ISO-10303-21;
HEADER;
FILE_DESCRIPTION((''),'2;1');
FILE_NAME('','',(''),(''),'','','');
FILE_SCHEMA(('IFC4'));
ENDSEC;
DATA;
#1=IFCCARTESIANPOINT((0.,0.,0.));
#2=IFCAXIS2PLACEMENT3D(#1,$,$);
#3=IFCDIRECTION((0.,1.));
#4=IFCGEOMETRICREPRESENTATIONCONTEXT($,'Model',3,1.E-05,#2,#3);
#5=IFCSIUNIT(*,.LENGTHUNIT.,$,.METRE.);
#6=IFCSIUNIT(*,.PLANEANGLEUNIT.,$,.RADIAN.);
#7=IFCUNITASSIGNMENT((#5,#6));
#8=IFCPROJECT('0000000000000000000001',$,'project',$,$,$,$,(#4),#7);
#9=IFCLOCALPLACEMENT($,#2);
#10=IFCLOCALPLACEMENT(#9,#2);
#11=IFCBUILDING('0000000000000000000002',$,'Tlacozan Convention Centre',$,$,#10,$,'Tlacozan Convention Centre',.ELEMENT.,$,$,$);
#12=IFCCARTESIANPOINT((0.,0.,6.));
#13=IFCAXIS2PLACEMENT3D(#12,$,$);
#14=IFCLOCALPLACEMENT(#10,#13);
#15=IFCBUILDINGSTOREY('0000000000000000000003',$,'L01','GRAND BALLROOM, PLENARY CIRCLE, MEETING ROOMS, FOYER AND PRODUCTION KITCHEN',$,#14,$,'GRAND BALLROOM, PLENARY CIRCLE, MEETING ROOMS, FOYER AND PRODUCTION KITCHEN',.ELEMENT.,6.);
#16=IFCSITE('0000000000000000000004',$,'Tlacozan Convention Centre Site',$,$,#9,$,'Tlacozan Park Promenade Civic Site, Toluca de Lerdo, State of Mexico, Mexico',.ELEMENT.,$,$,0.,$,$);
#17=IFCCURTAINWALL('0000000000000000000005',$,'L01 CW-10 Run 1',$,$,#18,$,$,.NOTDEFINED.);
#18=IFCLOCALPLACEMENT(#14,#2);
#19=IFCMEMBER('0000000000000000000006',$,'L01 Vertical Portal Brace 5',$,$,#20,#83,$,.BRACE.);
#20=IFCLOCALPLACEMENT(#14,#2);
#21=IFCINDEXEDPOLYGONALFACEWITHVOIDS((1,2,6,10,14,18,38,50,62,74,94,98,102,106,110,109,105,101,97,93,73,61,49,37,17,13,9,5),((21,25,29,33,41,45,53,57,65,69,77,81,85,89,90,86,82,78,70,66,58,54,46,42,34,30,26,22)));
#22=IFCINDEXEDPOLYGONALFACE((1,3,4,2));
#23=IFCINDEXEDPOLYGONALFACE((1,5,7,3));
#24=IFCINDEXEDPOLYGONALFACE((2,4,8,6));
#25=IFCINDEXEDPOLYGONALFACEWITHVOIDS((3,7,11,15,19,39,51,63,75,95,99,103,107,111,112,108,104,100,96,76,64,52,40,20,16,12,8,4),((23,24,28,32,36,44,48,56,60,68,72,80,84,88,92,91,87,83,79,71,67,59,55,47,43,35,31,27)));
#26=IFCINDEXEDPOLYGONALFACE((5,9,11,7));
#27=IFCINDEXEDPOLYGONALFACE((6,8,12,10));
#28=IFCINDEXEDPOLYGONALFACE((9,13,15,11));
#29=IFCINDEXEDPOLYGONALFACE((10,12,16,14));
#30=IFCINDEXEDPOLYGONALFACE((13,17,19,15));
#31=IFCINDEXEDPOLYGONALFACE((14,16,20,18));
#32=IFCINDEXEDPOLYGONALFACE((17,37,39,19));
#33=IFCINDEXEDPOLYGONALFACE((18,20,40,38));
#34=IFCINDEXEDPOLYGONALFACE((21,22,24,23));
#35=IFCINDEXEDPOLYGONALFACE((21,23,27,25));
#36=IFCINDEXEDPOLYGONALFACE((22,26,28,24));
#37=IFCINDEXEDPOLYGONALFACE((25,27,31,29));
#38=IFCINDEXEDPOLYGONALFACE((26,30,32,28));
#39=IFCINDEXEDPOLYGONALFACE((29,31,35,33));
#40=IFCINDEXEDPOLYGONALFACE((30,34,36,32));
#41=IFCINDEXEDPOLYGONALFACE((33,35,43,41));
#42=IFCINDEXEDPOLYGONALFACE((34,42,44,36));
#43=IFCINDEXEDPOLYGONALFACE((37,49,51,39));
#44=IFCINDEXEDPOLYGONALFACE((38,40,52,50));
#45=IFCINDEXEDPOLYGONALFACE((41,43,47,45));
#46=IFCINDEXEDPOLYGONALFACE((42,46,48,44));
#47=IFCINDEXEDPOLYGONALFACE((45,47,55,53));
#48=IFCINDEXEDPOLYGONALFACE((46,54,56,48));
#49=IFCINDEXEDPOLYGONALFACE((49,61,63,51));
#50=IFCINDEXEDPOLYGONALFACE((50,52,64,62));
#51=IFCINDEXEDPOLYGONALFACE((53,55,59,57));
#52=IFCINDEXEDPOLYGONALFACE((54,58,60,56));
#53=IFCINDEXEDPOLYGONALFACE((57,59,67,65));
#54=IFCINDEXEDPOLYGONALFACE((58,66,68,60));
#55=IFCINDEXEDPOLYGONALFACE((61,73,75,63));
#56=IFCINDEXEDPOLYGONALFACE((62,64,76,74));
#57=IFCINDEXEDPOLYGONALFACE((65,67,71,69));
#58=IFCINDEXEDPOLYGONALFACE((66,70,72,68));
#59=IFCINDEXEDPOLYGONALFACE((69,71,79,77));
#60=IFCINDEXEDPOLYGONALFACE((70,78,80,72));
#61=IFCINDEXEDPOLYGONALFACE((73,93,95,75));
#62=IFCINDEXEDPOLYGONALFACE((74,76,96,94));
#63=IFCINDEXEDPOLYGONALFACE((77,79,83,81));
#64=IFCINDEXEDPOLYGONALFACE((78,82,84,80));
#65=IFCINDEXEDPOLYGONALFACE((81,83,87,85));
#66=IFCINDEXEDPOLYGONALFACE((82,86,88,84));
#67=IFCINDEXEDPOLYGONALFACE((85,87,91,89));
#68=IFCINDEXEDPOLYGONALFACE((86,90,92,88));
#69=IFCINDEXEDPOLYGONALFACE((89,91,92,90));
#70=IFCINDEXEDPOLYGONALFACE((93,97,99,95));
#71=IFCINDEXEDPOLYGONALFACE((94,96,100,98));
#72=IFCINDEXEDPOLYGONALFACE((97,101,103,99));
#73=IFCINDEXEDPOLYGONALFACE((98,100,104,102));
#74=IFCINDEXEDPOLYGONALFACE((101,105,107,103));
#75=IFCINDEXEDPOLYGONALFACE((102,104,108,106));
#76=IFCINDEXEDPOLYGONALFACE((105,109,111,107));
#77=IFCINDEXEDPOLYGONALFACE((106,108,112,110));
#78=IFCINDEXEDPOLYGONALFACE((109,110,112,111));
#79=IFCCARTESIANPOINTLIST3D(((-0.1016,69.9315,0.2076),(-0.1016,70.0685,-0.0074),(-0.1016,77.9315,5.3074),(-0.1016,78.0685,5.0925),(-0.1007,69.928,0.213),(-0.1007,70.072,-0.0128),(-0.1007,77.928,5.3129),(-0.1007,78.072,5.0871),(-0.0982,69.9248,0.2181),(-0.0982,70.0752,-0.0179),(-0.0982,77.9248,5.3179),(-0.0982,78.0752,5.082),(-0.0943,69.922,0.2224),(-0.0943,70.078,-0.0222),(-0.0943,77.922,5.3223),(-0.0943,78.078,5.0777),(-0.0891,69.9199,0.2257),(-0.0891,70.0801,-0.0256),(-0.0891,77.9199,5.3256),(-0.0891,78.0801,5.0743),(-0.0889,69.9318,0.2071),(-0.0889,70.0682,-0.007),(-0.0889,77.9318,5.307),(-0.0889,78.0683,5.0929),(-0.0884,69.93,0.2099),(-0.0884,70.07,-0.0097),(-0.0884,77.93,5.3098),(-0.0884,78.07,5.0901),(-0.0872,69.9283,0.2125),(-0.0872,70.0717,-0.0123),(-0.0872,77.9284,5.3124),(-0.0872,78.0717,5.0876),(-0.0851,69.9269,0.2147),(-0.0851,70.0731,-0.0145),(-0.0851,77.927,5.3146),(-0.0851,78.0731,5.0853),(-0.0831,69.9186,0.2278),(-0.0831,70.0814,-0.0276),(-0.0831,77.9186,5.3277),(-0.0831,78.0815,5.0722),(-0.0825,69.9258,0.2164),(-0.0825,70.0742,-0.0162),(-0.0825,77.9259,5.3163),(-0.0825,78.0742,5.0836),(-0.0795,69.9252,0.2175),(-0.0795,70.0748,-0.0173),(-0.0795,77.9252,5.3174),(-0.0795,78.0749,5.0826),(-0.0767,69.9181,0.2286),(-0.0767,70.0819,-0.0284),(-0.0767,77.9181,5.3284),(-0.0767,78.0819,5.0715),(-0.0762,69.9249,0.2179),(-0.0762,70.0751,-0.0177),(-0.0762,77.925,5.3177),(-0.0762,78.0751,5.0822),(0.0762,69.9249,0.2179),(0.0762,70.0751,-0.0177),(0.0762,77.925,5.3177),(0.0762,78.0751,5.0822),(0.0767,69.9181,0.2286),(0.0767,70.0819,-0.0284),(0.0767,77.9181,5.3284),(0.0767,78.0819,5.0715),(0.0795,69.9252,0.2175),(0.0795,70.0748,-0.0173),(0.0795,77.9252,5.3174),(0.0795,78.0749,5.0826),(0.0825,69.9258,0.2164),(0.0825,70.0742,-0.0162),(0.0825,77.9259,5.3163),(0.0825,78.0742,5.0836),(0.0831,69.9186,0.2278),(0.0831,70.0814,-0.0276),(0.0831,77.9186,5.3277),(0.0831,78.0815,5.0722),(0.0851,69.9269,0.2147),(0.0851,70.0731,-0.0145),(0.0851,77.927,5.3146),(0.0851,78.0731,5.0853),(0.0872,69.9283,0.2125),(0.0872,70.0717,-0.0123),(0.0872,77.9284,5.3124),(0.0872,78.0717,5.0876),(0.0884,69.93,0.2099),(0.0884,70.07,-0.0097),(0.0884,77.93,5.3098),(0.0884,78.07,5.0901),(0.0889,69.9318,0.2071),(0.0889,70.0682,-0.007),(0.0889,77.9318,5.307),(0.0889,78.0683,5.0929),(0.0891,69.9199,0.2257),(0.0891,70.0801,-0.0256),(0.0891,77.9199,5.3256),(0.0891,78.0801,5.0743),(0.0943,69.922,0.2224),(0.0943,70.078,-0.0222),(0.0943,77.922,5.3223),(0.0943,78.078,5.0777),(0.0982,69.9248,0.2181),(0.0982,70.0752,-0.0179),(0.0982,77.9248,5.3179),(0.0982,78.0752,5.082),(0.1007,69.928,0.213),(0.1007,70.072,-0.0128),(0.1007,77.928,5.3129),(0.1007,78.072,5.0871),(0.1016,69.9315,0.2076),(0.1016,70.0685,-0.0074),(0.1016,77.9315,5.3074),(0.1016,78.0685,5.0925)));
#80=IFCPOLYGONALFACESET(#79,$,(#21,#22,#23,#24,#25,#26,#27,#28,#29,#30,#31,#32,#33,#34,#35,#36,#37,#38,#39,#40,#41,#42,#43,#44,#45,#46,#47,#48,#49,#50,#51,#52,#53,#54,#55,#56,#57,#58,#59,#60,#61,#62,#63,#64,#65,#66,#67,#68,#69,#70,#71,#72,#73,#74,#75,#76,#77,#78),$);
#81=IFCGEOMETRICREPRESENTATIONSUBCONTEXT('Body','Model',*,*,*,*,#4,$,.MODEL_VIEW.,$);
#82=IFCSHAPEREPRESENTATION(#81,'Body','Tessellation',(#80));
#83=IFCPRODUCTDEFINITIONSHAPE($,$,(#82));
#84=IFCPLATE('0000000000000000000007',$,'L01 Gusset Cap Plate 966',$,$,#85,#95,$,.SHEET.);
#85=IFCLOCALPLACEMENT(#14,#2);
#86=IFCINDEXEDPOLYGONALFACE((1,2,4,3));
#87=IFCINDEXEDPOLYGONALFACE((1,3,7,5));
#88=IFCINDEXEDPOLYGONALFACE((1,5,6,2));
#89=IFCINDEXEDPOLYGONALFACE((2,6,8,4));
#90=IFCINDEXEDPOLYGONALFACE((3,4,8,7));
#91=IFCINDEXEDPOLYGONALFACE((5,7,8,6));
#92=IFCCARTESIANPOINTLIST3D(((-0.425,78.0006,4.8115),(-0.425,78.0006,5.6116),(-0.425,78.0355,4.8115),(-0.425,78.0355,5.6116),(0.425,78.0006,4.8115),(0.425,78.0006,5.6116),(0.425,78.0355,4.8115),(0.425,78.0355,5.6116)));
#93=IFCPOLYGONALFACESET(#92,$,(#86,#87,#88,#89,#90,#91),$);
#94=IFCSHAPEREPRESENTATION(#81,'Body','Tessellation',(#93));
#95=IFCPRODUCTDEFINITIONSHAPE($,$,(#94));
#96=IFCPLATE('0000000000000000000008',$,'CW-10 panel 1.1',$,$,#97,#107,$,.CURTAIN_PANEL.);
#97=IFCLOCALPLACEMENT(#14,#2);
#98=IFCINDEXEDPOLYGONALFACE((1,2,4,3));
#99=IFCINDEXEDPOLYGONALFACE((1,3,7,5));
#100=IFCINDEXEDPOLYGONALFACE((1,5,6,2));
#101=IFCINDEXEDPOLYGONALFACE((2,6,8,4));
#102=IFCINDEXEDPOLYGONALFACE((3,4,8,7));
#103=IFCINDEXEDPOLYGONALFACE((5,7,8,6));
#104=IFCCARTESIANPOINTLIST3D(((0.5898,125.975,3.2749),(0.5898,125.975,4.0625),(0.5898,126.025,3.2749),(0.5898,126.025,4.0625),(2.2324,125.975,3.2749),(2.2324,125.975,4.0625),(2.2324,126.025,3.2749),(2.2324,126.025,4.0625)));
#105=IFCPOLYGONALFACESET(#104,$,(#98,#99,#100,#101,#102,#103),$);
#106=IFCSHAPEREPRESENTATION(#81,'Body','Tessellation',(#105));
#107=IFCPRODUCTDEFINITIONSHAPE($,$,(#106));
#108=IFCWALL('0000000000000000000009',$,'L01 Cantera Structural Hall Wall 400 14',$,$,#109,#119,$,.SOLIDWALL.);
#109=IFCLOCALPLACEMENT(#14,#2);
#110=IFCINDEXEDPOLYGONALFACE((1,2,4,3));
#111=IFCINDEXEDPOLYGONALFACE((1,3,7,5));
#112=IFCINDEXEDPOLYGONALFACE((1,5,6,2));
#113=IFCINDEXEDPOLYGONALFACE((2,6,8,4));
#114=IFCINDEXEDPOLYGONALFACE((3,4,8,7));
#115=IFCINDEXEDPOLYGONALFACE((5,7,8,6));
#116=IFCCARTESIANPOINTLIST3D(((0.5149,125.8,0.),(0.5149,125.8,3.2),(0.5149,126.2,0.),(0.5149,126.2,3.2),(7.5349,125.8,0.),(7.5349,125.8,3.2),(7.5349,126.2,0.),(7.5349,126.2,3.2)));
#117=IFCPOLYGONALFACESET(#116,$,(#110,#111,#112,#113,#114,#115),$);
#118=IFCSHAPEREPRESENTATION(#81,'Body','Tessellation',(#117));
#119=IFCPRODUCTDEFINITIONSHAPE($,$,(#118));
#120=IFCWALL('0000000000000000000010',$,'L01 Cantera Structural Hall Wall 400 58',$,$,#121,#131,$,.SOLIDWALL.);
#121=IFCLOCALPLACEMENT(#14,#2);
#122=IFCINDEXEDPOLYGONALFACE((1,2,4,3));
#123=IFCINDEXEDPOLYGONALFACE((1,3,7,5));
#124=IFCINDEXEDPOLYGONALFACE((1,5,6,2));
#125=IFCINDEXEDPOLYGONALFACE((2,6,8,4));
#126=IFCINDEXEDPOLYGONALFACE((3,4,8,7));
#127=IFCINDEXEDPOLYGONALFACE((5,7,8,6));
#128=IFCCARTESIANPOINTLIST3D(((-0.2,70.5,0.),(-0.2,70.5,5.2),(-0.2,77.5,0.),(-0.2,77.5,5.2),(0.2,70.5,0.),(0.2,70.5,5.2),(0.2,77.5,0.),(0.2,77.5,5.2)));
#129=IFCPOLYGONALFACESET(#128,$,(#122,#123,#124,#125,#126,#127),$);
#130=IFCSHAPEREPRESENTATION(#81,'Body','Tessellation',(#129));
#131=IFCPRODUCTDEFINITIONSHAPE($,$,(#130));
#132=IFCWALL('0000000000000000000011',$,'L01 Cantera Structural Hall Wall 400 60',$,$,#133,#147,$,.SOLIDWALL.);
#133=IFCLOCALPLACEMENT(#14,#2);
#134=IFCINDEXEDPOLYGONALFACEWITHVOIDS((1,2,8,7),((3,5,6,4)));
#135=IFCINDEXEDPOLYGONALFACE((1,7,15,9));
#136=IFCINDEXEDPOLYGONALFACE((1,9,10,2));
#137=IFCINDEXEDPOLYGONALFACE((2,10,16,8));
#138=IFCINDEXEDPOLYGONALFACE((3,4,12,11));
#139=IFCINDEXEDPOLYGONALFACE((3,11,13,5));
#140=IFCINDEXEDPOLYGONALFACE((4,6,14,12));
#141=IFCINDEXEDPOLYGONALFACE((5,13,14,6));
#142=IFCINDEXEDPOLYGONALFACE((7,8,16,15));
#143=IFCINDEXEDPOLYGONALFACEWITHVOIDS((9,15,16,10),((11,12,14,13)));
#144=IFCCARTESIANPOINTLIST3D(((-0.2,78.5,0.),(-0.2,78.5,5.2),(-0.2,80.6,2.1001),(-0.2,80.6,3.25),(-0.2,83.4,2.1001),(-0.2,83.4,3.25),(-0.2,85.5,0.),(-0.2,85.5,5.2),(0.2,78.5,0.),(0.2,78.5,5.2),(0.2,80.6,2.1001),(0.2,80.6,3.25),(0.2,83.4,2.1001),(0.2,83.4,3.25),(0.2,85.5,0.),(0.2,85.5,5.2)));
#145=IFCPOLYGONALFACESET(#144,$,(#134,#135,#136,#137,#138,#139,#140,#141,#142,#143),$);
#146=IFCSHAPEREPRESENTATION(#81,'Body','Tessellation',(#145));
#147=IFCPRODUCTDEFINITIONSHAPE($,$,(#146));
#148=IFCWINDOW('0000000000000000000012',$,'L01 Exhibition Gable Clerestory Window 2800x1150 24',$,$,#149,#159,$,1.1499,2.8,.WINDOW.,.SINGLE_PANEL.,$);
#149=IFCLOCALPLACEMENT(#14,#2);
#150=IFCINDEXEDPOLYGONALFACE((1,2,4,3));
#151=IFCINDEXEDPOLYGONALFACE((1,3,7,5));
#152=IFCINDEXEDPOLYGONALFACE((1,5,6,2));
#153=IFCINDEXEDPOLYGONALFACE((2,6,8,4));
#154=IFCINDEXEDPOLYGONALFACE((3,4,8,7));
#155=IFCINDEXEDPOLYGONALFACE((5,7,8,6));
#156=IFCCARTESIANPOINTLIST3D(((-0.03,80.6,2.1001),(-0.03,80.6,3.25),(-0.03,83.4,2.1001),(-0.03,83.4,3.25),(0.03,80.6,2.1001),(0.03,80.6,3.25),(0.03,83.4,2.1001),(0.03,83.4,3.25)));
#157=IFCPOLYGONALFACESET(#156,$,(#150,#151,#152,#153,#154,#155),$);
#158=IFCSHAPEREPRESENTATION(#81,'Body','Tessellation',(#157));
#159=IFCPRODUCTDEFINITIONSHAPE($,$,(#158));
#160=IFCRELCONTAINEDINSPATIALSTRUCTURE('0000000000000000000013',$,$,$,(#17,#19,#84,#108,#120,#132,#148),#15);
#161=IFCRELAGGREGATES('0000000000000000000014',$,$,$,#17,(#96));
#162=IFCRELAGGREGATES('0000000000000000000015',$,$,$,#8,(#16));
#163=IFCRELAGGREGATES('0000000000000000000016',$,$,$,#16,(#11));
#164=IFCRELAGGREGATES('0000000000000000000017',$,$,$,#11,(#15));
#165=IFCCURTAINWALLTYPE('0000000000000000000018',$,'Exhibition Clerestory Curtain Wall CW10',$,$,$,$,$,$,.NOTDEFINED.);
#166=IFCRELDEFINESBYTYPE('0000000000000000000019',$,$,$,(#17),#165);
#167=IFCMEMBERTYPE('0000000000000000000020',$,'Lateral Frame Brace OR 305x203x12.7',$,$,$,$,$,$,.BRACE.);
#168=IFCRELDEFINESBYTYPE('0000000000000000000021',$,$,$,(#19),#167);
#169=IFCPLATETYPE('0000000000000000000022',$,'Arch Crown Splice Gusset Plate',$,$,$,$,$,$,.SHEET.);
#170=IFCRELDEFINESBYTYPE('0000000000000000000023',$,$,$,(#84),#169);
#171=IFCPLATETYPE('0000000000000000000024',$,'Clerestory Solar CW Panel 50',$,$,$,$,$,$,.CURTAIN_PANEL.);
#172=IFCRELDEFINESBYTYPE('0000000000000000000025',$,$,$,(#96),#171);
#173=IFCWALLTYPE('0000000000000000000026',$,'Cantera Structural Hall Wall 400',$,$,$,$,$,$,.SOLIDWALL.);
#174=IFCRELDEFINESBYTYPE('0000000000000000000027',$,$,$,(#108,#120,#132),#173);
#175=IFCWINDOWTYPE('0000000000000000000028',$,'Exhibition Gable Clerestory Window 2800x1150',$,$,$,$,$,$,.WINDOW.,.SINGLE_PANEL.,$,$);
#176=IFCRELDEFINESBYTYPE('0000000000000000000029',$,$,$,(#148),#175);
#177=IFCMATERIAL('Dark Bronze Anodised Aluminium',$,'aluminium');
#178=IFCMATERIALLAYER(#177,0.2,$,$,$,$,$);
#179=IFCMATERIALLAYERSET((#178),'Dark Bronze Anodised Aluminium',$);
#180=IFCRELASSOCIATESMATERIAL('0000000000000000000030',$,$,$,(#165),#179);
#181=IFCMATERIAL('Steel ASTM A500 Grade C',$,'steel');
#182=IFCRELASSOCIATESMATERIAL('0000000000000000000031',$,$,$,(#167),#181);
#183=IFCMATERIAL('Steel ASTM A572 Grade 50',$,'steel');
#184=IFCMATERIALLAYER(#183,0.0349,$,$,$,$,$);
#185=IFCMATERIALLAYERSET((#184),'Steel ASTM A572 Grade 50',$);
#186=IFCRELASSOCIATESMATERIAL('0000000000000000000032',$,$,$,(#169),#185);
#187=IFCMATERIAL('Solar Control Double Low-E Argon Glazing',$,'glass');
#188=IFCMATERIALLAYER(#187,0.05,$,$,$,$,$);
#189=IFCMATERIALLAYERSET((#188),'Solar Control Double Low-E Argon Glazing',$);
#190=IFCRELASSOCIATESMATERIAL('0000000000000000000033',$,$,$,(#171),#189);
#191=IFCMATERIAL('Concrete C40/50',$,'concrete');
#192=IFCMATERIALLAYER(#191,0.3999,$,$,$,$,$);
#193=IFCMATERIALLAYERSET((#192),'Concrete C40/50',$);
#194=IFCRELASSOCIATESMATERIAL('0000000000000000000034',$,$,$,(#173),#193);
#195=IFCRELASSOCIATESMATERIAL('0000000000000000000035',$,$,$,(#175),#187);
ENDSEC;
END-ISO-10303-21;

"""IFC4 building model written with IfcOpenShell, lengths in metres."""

from ifc_helpers import new_model, si_unit, direction, frame, frame_2d, origin, origin_2d, place, context, subcontext, project, spatial, rectangle, hollow_rectangle, extrude, material, layer, layer_set, material_profile, profile_set, type_object, element, fill, aggregate, save


model = new_model("IFC4")

# Units and contexts
model_context = context("Model", 3, precision=1e-05, world=origin(), true_north=direction((0.0, 1.0)))
body_context = subcontext(model_context, "Body", "Model", "MODEL_VIEW")
ifc_project = project(units=[si_unit("LENGTHUNIT", "METRE"), si_unit("PLANEANGLEUNIT", "RADIAN")], contexts=[model_context])

# Site, building, storey
site_placement = place(None, origin())
site = spatial("IfcSite", under=ifc_project, at=site_placement, Name="Tlacozan Convention Centre Site", LongName="Tlacozan Park Promenade Civic Site, Toluca de Lerdo, State of Mexico, Mexico", CompositionType="ELEMENT", RefElevation=0.0)
building_placement = place(site_placement, origin())
building = spatial("IfcBuilding", under=site, at=building_placement, Name="Tlacozan Convention Centre", LongName="Tlacozan Convention Centre", CompositionType="ELEMENT")
storey_placement = place(building_placement, frame((0.0, 0.0, 6.0)))
storey = spatial("IfcBuildingStorey", under=building, at=storey_placement, Name="L01", Description="GRAND BALLROOM, PLENARY CIRCLE, MEETING ROOMS, FOYER AND PRODUCTION KITCHEN", LongName="GRAND BALLROOM, PLENARY CIRCLE, MEETING ROOMS, FOYER AND PRODUCTION KITCHEN", CompositionType="ELEMENT", Elevation=6.0)

# Shared definitions
ifc_material_1 = material(Name="Concrete C40/50", Category="concrete")

# Curtain wall
ifc_material_2 = material(Name="Dark Bronze Anodised Aluminium", Category="aluminium")
ifc_layer_1 = layer(ifc_material_2, 0.2)
ifc_layer_set_1 = layer_set([ifc_layer_1], Name="Dark Bronze Anodised Aluminium")
curtain_wall_type = type_object("IfcCurtainWallType", Name="Exhibition Clerestory Curtain Wall CW10", PredefinedType="NOTDEFINED", material=ifc_layer_set_1)
curtain_wall_placement = place(storey_placement, origin())
curtain_wall = element("IfcCurtainWall", 1, at=curtain_wall_placement, inside=storey, type_object=curtain_wall_type, Name="L01 CW-10 Run 1", PredefinedType="NOTDEFINED")

# Member
ifc_material_3 = material(Name="Steel ASTM A500 Grade C", Category="steel")
ifc_material_profile_1 = material_profile(ifc_material_3, hollow_rectangle(XDim=0.2031, YDim=0.3047, WallThickness=0.0127, InnerFilletRadius=0.0127, OuterFilletRadius=0.0249, at=origin_2d()), Name="OR 305x203x12.7")
ifc_profile_set_1 = profile_set([ifc_material_profile_1], Name="Steel ASTM A500 Grade C")
member_type_1 = type_object("IfcMemberType", Name="Lateral Frame Brace OR 305x203x12.7", PredefinedType="BRACE", material=ifc_profile_set_1)
member_1_placement = place(storey_placement, frame((0.0, 70.0, 0.1001), z_axis=(0.0, 0.843234, 0.537546), x_axis=(-1.0, 0.0, 0.0)))
element("IfcMember", 2, at=member_1_placement, inside=storey, type_object=member_type_1, Name="L01 Vertical Portal Brace 5", PredefinedType="BRACE", context=body_context, shape_type="SweptSolid", body=[
    extrude(hollow_rectangle(XDim=0.2031, YDim=0.3047, WallThickness=0.0127, InnerFilletRadius=0.0127, OuterFilletRadius=0.0249, at=origin_2d()), origin(), (0.0, 0.0, 1.0), 9.4873),
])

# Plates
ifc_material_4 = material(Name="Steel ASTM A572 Grade 50", Category="steel")
ifc_layer_2 = layer(ifc_material_4, 0.0349)
ifc_layer_set_2 = layer_set([ifc_layer_2], Name="Steel ASTM A572 Grade 50")
plate_type_1 = type_object("IfcPlateType", Name="Arch Crown Splice Gusset Plate", PredefinedType="SHEET", material=ifc_layer_set_2)
plate_1_placement = place(storey_placement, frame((0.0, 78.0181, 4.8115), z_axis=(0.0, 0.0, 1.0), x_axis=(0.0, 1.0, 0.0)))
element("IfcPlate", 3, at=plate_1_placement, inside=storey, type_object=plate_type_1, Name="L01 Gusset Cap Plate 966", PredefinedType="SHEET", context=body_context, shape_type="SweptSolid", body=[
    extrude(rectangle(XDim=0.0349, YDim=0.8501, at=origin_2d()), origin(), (0.0, 0.0, 1.0), 0.8),
])
ifc_material_5 = material(Name="Solar Control Double Low-E Argon Glazing", Category="glass")
ifc_layer_3 = layer(ifc_material_5, 0.05)
ifc_layer_set_3 = layer_set([ifc_layer_3], Name="Solar Control Double Low-E Argon Glazing")
plate_type_2 = type_object("IfcPlateType", Name="Clerestory Solar CW Panel 50", PredefinedType="CURTAIN_PANEL", material=ifc_layer_set_3)
plate_2_placement = place(storey_placement, frame((1.4111, 126.0, 3.2749), z_axis=(0.0, 0.0, 1.0), x_axis=(1.0, 0.0, 0.0)))
plate_2 = element("IfcPlate", 4, at=plate_2_placement, type_object=plate_type_2, Name="CW-10 panel 1.1", PredefinedType="CURTAIN_PANEL", context=body_context, shape_type="SweptSolid", body=[
    extrude(rectangle(XDim=1.6426, YDim=0.05, at=origin_2d()), origin(), (0.0, 0.0, 1.0), 0.7876),
])
aggregate(curtain_wall, [plate_2])

# Walls
ifc_layer_4 = layer(ifc_material_1, 0.3999)
ifc_layer_set_4 = layer_set([ifc_layer_4], Name="Concrete C40/50")
wall_type = type_object("IfcWallType", Name="Cantera Structural Hall Wall 400", PredefinedType="SOLIDWALL", material=ifc_layer_set_4)
wall_1_placement = place(storey_placement, frame((0.5149, 126.0, 0.0), z_axis=(0.0, 0.0, 1.0), x_axis=(1.0, 0.0, 0.0)))
element("IfcWall", 5, at=wall_1_placement, inside=storey, type_object=wall_type, Name="L01 Cantera Structural Hall Wall 400 14", PredefinedType="SOLIDWALL", context=body_context, shape_type="SweptSolid", body=[
    extrude(rectangle(XDim=7.02, YDim=0.3999, at=frame_2d((3.51, 0.0))), origin(), (0.0, 0.0, 1.0), 3.2),
])
wall_2_placement = place(storey_placement, frame((0.0, 70.5, 0.0), z_axis=(0.0, 0.0, 1.0), x_axis=(0.0, 1.0, 0.0)))
element("IfcWall", 6, at=wall_2_placement, inside=storey, type_object=wall_type, Name="L01 Cantera Structural Hall Wall 400 58", PredefinedType="SOLIDWALL", context=body_context, shape_type="SweptSolid", body=[
    extrude(rectangle(XDim=7.0, YDim=0.3999, at=frame_2d((3.5, 0.0))), origin(), (0.0, 0.0, 1.0), 5.2),
])

# Wall, opening, window
wall_3_placement = place(storey_placement, frame((0.0, 78.5, 0.0), z_axis=(0.0, 0.0, 1.0), x_axis=(0.0, 1.0, 0.0)))
wall_3 = element("IfcWall", 7, at=wall_3_placement, inside=storey, type_object=wall_type, Name="L01 Cantera Structural Hall Wall 400 60", PredefinedType="SOLIDWALL", context=body_context, shape_type="SweptSolid", body=[
    extrude(rectangle(XDim=7.0, YDim=0.3999, at=frame_2d((3.5, 0.0))), origin(), (0.0, 0.0, 1.0), 5.2),
])
opening_1_placement = place(wall_3_placement, frame((2.1001, 0.0, 2.1001)))
opening_1 = element("IfcOpeningElement", 8, at=opening_1_placement, cuts=wall_3, PredefinedType="OPENING", context=body_context, shape_type="SweptSolid", body=[
    extrude(rectangle(XDim=2.8, YDim=1.1499, at=frame_2d((1.3999, 0.575))), frame((0.0, 0.21, 0.0), z_axis=(0.0, -1.0, 0.0), x_axis=(1.0, 0.0, 0.0)), (0.0, 0.0, 1.0), 0.4199),
])
window_type = type_object("IfcWindowType", Name="Exhibition Gable Clerestory Window 2800x1150", PartitioningType="SINGLE_PANEL", PredefinedType="WINDOW", material=ifc_material_5)
window_1_placement = place(opening_1_placement, origin())
window_1 = element("IfcWindow", 9, at=window_1_placement, inside=storey, type_object=window_type, Name="L01 Exhibition Gable Clerestory Window 2800x1150 24", OverallHeight=1.1499, OverallWidth=2.8, PartitioningType="SINGLE_PANEL", PredefinedType="WINDOW", context=body_context, shape_type="SweptSolid", body=[
    extrude(rectangle(XDim=2.8, YDim=1.1499, at=frame_2d((1.3999, 0.575))), frame((0.0, 0.03, 0.0), z_axis=(0.0, -1.0, 0.0), x_axis=(1.0, 0.0, 0.0)), (0.0, 0.0, 1.0), 0.0601),
])
fill(opening_1, window_1)

save(model, "model.ifc")
